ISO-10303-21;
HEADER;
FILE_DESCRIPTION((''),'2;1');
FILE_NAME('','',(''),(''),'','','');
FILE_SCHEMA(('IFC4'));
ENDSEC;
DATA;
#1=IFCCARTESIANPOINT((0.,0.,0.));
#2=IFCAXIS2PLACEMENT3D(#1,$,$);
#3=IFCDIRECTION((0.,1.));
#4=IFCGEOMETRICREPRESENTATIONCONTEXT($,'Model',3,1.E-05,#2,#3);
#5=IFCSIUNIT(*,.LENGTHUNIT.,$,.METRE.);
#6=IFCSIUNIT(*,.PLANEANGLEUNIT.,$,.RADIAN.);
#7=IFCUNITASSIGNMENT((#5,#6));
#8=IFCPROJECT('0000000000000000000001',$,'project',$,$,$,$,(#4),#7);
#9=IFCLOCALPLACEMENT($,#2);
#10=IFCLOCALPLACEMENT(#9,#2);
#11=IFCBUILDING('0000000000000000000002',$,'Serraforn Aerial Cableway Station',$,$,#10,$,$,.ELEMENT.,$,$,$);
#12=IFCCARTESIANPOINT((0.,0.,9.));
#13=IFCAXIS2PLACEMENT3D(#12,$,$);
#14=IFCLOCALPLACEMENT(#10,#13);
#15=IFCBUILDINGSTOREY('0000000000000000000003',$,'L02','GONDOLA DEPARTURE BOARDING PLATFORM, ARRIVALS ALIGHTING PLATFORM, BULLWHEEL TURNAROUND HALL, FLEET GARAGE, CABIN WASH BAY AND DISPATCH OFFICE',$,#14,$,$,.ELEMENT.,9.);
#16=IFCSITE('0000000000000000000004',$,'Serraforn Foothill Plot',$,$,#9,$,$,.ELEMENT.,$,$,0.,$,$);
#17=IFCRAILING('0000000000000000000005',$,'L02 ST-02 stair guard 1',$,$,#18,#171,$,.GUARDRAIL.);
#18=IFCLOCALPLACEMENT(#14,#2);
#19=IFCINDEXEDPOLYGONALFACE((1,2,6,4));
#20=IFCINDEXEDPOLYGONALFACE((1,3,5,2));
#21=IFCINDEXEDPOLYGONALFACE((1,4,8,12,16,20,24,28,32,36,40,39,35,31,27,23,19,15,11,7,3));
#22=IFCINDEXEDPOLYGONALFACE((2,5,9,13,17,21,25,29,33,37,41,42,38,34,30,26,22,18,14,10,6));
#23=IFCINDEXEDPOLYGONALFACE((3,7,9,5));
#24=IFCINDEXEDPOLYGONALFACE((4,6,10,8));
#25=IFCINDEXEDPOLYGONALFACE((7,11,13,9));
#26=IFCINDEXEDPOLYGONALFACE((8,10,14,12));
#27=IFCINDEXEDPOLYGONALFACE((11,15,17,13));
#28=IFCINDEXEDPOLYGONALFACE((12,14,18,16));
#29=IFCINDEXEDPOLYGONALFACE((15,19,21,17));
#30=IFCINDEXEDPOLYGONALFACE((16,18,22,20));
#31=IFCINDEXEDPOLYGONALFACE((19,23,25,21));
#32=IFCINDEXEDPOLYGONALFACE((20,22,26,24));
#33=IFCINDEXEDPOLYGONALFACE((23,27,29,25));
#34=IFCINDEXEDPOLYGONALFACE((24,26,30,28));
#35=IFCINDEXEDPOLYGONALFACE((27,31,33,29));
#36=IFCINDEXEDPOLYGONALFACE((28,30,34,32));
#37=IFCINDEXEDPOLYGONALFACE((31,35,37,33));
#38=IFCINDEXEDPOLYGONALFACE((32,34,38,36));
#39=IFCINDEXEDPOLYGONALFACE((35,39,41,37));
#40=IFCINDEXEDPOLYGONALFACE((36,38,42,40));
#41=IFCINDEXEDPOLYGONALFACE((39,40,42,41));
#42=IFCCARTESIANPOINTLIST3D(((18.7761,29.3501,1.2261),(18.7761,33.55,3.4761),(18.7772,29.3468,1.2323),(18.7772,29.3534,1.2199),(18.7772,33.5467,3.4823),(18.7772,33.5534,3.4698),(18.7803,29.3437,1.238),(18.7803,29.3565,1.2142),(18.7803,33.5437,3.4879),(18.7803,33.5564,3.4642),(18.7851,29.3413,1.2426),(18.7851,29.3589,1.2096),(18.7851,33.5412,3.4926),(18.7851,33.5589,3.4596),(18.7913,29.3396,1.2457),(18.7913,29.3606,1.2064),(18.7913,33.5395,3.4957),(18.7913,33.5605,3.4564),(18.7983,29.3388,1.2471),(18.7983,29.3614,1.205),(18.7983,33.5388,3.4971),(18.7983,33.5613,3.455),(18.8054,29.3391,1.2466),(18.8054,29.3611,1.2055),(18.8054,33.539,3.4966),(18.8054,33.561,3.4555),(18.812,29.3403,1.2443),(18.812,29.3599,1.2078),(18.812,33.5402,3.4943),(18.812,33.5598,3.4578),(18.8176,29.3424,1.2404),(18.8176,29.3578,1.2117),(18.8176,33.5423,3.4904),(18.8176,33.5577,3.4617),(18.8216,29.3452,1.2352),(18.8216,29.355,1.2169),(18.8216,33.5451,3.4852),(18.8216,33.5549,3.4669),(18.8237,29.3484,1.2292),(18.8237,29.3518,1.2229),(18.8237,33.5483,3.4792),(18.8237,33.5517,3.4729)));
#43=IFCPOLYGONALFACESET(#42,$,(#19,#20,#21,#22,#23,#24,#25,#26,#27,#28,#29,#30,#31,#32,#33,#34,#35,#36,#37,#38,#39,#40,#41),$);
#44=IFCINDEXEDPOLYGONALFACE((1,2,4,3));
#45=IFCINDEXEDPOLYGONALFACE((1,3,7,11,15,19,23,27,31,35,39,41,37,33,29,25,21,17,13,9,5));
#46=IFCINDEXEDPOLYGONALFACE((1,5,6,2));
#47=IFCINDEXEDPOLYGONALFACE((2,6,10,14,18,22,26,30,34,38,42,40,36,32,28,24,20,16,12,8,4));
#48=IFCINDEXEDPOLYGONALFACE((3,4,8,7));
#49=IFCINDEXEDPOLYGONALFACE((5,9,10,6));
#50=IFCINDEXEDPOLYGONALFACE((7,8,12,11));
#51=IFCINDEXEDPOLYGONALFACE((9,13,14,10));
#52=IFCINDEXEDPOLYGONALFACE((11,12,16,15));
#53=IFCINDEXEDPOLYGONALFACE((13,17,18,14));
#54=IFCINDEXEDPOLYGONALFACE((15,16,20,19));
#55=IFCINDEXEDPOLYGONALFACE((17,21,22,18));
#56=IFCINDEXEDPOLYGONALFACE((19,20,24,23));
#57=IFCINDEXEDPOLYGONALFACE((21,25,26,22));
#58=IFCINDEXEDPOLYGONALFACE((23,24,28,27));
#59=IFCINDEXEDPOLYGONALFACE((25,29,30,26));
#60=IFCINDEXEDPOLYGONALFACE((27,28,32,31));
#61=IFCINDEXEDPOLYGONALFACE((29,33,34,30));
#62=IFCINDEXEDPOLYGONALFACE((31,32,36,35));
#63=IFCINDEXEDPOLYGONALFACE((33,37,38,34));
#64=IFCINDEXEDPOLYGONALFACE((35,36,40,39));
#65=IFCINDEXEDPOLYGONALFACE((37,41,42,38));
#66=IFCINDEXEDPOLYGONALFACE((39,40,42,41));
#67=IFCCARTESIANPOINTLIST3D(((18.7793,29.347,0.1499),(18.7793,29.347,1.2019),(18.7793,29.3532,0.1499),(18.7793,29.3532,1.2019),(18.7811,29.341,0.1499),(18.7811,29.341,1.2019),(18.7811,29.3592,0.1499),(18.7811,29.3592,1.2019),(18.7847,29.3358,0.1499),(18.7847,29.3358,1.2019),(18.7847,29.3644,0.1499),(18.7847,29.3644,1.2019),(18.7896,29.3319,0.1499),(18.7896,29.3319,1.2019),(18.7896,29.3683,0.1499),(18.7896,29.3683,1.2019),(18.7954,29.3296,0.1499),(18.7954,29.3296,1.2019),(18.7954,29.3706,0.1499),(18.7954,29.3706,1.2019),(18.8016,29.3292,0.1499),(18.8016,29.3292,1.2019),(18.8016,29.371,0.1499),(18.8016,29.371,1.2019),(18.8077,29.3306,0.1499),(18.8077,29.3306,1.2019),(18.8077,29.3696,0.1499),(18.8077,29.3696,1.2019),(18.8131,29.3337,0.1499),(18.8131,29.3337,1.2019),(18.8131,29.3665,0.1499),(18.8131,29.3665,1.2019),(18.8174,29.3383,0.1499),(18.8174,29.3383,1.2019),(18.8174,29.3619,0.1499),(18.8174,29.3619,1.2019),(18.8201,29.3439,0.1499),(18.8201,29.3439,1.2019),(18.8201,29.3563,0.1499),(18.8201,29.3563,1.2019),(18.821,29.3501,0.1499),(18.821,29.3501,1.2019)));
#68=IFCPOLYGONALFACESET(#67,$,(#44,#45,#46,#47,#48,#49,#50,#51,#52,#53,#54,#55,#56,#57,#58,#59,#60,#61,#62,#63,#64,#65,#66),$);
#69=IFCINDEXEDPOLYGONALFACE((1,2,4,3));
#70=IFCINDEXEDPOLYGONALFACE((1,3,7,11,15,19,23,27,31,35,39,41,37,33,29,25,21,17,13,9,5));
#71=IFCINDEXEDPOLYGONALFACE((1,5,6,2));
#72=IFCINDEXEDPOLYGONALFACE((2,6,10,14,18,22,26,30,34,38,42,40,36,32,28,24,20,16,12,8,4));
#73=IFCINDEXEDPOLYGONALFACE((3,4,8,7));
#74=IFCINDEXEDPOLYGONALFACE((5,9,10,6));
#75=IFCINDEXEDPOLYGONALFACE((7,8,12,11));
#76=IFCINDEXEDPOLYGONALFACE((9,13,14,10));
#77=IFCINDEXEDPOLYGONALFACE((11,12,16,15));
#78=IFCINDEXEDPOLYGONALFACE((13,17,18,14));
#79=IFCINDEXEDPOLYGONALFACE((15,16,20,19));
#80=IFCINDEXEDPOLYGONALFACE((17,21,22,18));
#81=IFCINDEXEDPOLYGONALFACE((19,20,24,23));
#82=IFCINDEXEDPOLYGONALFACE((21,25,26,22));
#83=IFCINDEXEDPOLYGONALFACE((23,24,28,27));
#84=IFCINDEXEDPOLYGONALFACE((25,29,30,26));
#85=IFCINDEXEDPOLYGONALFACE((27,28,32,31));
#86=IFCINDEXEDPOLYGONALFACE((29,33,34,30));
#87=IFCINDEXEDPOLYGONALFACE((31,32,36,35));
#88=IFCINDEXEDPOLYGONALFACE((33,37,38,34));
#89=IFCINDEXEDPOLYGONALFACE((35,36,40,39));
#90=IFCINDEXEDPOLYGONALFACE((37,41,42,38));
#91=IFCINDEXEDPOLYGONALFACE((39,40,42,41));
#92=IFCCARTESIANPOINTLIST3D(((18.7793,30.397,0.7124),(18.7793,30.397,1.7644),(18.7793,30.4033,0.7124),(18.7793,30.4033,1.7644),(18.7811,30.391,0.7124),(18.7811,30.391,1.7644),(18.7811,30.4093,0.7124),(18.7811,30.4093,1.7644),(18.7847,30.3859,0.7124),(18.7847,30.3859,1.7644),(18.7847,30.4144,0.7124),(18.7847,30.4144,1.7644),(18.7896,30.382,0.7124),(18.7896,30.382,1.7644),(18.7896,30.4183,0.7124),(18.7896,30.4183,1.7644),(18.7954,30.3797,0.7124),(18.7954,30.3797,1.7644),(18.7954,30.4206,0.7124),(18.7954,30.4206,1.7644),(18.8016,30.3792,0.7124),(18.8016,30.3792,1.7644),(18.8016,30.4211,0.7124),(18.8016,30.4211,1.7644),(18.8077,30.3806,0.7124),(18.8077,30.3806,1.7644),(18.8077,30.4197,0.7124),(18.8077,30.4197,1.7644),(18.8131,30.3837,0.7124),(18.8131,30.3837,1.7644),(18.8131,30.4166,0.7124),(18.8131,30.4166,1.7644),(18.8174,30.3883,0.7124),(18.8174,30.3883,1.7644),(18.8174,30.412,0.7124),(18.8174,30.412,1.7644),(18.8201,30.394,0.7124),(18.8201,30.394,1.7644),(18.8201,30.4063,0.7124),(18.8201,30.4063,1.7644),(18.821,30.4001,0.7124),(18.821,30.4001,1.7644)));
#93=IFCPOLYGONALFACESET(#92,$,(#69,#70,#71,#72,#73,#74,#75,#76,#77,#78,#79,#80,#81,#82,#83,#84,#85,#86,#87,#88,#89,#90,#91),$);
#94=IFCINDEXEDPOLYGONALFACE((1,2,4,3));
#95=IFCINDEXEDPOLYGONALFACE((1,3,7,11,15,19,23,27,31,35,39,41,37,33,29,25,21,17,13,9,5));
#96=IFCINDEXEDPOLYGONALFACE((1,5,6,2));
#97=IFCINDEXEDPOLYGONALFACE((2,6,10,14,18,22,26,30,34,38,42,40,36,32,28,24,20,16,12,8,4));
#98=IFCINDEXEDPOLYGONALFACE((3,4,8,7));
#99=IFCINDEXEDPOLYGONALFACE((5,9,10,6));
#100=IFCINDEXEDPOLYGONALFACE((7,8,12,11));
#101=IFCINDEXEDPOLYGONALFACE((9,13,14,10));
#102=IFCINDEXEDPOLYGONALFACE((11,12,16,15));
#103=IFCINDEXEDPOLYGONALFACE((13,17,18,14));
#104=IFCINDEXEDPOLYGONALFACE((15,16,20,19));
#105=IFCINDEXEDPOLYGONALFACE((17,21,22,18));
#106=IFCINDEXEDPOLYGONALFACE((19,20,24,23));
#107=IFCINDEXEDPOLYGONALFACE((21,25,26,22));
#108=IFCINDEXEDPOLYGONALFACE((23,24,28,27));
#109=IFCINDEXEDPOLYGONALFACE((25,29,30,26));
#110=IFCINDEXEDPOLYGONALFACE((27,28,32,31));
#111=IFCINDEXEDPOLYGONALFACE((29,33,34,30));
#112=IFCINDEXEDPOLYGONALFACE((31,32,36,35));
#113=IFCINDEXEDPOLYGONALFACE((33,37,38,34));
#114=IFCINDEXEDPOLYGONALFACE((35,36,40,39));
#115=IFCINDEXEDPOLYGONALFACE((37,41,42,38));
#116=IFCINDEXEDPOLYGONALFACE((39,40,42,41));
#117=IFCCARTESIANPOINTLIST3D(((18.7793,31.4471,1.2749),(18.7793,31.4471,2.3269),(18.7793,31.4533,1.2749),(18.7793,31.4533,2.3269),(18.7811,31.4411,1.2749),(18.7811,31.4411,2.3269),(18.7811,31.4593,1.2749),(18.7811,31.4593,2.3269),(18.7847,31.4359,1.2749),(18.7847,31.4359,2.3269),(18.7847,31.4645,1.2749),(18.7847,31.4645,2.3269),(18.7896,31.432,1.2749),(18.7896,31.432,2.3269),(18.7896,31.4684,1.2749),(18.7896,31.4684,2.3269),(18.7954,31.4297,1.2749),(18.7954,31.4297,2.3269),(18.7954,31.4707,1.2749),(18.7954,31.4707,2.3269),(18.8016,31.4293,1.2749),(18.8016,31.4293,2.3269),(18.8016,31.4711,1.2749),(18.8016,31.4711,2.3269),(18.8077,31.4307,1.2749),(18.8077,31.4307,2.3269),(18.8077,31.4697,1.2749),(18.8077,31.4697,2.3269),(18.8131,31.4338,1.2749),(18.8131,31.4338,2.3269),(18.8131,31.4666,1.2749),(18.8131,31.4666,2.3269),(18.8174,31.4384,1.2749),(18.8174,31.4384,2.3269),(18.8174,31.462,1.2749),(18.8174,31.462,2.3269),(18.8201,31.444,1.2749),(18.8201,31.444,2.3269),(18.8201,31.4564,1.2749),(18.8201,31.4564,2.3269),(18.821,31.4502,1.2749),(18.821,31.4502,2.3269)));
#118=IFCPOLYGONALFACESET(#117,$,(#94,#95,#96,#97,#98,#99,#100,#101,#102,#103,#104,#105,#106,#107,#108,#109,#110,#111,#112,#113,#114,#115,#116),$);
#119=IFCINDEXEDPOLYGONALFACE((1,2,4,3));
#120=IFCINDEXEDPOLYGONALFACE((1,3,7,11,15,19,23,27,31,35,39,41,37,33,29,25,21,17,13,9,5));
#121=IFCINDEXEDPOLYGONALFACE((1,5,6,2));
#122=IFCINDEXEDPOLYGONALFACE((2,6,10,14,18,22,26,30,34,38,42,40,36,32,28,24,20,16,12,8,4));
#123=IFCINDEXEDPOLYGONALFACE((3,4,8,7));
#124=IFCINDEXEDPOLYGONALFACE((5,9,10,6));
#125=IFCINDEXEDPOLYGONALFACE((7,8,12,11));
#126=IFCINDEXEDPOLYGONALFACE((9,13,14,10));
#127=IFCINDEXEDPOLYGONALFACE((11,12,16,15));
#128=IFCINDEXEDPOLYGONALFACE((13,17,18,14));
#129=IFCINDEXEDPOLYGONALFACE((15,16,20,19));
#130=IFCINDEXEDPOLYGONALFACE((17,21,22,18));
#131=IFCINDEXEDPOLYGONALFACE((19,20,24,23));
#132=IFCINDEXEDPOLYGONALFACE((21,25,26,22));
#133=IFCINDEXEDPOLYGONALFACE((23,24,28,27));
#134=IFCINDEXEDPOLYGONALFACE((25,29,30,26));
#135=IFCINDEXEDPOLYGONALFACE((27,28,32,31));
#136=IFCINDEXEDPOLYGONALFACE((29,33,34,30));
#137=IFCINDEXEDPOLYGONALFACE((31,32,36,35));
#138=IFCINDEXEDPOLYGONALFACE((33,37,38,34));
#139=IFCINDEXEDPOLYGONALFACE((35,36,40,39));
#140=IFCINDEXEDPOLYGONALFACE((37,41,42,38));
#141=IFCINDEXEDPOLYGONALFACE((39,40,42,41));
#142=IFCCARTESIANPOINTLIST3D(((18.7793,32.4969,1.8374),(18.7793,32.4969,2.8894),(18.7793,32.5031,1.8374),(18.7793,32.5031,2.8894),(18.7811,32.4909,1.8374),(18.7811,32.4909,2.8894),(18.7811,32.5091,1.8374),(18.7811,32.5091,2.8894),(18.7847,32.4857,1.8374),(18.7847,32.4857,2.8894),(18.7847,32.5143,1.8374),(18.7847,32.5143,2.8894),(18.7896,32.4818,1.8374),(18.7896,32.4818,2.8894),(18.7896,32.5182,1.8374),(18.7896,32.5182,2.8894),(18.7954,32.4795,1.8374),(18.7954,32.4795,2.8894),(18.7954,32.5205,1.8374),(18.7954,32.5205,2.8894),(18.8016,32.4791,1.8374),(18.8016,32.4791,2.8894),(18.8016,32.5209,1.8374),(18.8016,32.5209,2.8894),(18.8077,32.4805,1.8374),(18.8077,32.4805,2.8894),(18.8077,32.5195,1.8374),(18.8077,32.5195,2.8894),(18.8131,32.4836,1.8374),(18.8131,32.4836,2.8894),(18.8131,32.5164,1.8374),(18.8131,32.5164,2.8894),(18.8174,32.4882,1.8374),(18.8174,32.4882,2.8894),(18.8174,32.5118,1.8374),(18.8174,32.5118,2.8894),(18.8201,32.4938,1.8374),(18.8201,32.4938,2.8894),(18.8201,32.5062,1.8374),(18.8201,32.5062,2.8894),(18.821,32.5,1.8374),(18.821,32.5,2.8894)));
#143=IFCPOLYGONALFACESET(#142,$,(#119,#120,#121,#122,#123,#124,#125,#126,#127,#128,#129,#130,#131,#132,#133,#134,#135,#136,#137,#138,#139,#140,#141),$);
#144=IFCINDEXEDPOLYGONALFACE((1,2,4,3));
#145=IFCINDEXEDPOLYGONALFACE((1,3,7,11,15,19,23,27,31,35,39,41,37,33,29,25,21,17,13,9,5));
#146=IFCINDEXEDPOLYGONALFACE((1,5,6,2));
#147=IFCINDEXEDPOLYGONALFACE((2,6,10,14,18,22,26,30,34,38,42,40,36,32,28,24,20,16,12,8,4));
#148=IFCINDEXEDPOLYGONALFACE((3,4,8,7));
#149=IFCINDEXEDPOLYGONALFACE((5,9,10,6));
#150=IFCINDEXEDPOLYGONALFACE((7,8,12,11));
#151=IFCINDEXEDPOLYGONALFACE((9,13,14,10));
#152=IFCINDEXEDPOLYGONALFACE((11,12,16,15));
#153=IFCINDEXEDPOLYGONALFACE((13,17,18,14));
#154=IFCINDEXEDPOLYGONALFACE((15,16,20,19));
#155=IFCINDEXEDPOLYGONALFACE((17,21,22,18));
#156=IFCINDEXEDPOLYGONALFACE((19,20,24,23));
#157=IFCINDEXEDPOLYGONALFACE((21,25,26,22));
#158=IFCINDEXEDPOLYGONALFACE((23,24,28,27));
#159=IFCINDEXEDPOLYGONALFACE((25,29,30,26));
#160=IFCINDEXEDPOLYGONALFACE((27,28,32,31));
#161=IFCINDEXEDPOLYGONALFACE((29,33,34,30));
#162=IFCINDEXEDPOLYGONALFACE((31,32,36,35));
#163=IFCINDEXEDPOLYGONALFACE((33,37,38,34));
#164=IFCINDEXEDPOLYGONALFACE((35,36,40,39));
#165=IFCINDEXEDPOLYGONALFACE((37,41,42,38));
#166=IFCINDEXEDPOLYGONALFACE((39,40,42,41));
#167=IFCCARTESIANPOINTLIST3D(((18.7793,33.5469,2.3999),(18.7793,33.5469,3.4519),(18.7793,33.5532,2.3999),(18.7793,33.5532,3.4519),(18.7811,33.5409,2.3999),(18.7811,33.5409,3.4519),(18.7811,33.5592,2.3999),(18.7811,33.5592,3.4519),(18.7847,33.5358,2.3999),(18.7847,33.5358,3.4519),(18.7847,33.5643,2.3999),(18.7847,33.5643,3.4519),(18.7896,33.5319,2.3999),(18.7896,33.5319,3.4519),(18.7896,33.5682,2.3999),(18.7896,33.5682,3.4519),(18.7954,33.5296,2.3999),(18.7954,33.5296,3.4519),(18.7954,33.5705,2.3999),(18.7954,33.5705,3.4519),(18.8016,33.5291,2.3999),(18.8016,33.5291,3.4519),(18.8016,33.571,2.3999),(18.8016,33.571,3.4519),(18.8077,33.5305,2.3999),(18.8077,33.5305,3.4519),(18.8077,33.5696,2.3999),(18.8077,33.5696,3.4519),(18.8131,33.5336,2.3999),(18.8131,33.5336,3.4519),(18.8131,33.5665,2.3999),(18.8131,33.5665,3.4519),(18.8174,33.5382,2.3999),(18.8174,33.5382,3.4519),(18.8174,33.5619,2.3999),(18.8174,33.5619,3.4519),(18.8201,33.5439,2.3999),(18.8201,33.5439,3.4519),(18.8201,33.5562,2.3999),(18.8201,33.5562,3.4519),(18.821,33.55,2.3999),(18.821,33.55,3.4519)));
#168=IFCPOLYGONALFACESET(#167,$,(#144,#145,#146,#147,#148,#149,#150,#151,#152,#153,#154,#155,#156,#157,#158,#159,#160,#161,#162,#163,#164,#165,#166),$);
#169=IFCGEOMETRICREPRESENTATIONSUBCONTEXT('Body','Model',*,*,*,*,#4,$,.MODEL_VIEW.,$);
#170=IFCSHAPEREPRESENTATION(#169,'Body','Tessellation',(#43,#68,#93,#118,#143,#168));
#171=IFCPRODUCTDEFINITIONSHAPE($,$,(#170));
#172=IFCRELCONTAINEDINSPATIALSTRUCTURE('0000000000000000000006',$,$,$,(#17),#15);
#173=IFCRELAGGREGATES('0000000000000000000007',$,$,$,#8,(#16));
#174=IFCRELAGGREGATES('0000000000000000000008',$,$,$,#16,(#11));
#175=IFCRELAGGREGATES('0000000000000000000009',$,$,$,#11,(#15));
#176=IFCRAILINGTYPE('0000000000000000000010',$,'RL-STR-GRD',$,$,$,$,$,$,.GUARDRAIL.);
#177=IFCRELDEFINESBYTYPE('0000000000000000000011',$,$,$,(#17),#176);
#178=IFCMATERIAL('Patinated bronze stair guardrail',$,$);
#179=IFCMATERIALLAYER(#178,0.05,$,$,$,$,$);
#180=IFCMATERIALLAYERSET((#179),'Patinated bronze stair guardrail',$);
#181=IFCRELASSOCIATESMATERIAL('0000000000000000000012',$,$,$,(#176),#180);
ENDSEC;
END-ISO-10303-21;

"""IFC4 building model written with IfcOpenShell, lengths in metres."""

from ifc_helpers import new_model, si_unit, direction, frame, origin, origin_2d, place, context, subcontext, project, spatial, circle, extrude, material, layer, layer_set, type_object, element, save


model = new_model("IFC4")

# Units and contexts
model_context = context("Model", 3, precision=1e-05, world=origin(), true_north=direction((0.0, 1.0)))
body_context = subcontext(model_context, "Body", "Model", "MODEL_VIEW")
ifc_project = project(units=[si_unit("LENGTHUNIT", "METRE"), si_unit("PLANEANGLEUNIT", "RADIAN")], contexts=[model_context])

# Site, building, storey
site_placement = place(None, origin())
site = spatial("IfcSite", under=ifc_project, at=site_placement, Name="Serraforn Foothill Plot", CompositionType="ELEMENT", RefElevation=0.0)
building_placement = place(site_placement, origin())
building = spatial("IfcBuilding", under=site, at=building_placement, Name="Serraforn Aerial Cableway Station", CompositionType="ELEMENT")
storey_placement = place(building_placement, frame((0.0, 0.0, 9.0)))
storey = spatial("IfcBuildingStorey", under=building, at=storey_placement, Name="L02", Description="GONDOLA DEPARTURE BOARDING PLATFORM, ARRIVALS ALIGHTING PLATFORM, BULLWHEEL TURNAROUND HALL, FLEET GARAGE, CABIN WASH BAY AND DISPATCH OFFICE", CompositionType="ELEMENT", Elevation=9.0)

# Railing
ifc_material_1 = material(Name="Patinated bronze stair guardrail")
ifc_layer_1 = layer(ifc_material_1, 0.05)
ifc_layer_set_1 = layer_set([ifc_layer_1], Name="Patinated bronze stair guardrail")
railing_type_1 = type_object("IfcRailingType", Name="RL-STR-GRD", PredefinedType="GUARDRAIL", material=ifc_layer_set_1)
railing_1_placement = place(storey_placement, frame((18.8, 29.3501, 0.1499)))
element("IfcRailing", 1, at=railing_1_placement, inside=storey, type_object=railing_type_1, Name="L02 ST-02 stair guard 1", PredefinedType="GUARDRAIL", context=body_context, shape_type="SweptSolid", body=[
    extrude(circle(Radius=0.0239, at=origin_2d()), frame((0.0, 0.0, 1.0762), z_axis=(0.0, 0.881478, 0.472226), x_axis=(-1.0, 0.0, 0.0)), (0.0, 0.0, 1.0), 4.7646),
    extrude(circle(Radius=0.021, at=origin_2d()), origin(), (0.0, 0.0, 1.0), 1.052),
    extrude(circle(Radius=0.021, at=origin_2d()), frame((0.0, 1.05, 0.5625)), (0.0, 0.0, 1.0), 1.052),
    extrude(circle(Radius=0.021, at=origin_2d()), frame((0.0, 2.1001, 1.125)), (0.0, 0.0, 1.0), 1.052),
    extrude(circle(Radius=0.021, at=origin_2d()), frame((0.0, 3.1499, 1.6875)), (0.0, 0.0, 1.0), 1.052),
    extrude(circle(Radius=0.021, at=origin_2d()), frame((0.0, 4.2, 2.25)), (0.0, 0.0, 1.0), 1.052),
])

save(model, "model.ifc")
